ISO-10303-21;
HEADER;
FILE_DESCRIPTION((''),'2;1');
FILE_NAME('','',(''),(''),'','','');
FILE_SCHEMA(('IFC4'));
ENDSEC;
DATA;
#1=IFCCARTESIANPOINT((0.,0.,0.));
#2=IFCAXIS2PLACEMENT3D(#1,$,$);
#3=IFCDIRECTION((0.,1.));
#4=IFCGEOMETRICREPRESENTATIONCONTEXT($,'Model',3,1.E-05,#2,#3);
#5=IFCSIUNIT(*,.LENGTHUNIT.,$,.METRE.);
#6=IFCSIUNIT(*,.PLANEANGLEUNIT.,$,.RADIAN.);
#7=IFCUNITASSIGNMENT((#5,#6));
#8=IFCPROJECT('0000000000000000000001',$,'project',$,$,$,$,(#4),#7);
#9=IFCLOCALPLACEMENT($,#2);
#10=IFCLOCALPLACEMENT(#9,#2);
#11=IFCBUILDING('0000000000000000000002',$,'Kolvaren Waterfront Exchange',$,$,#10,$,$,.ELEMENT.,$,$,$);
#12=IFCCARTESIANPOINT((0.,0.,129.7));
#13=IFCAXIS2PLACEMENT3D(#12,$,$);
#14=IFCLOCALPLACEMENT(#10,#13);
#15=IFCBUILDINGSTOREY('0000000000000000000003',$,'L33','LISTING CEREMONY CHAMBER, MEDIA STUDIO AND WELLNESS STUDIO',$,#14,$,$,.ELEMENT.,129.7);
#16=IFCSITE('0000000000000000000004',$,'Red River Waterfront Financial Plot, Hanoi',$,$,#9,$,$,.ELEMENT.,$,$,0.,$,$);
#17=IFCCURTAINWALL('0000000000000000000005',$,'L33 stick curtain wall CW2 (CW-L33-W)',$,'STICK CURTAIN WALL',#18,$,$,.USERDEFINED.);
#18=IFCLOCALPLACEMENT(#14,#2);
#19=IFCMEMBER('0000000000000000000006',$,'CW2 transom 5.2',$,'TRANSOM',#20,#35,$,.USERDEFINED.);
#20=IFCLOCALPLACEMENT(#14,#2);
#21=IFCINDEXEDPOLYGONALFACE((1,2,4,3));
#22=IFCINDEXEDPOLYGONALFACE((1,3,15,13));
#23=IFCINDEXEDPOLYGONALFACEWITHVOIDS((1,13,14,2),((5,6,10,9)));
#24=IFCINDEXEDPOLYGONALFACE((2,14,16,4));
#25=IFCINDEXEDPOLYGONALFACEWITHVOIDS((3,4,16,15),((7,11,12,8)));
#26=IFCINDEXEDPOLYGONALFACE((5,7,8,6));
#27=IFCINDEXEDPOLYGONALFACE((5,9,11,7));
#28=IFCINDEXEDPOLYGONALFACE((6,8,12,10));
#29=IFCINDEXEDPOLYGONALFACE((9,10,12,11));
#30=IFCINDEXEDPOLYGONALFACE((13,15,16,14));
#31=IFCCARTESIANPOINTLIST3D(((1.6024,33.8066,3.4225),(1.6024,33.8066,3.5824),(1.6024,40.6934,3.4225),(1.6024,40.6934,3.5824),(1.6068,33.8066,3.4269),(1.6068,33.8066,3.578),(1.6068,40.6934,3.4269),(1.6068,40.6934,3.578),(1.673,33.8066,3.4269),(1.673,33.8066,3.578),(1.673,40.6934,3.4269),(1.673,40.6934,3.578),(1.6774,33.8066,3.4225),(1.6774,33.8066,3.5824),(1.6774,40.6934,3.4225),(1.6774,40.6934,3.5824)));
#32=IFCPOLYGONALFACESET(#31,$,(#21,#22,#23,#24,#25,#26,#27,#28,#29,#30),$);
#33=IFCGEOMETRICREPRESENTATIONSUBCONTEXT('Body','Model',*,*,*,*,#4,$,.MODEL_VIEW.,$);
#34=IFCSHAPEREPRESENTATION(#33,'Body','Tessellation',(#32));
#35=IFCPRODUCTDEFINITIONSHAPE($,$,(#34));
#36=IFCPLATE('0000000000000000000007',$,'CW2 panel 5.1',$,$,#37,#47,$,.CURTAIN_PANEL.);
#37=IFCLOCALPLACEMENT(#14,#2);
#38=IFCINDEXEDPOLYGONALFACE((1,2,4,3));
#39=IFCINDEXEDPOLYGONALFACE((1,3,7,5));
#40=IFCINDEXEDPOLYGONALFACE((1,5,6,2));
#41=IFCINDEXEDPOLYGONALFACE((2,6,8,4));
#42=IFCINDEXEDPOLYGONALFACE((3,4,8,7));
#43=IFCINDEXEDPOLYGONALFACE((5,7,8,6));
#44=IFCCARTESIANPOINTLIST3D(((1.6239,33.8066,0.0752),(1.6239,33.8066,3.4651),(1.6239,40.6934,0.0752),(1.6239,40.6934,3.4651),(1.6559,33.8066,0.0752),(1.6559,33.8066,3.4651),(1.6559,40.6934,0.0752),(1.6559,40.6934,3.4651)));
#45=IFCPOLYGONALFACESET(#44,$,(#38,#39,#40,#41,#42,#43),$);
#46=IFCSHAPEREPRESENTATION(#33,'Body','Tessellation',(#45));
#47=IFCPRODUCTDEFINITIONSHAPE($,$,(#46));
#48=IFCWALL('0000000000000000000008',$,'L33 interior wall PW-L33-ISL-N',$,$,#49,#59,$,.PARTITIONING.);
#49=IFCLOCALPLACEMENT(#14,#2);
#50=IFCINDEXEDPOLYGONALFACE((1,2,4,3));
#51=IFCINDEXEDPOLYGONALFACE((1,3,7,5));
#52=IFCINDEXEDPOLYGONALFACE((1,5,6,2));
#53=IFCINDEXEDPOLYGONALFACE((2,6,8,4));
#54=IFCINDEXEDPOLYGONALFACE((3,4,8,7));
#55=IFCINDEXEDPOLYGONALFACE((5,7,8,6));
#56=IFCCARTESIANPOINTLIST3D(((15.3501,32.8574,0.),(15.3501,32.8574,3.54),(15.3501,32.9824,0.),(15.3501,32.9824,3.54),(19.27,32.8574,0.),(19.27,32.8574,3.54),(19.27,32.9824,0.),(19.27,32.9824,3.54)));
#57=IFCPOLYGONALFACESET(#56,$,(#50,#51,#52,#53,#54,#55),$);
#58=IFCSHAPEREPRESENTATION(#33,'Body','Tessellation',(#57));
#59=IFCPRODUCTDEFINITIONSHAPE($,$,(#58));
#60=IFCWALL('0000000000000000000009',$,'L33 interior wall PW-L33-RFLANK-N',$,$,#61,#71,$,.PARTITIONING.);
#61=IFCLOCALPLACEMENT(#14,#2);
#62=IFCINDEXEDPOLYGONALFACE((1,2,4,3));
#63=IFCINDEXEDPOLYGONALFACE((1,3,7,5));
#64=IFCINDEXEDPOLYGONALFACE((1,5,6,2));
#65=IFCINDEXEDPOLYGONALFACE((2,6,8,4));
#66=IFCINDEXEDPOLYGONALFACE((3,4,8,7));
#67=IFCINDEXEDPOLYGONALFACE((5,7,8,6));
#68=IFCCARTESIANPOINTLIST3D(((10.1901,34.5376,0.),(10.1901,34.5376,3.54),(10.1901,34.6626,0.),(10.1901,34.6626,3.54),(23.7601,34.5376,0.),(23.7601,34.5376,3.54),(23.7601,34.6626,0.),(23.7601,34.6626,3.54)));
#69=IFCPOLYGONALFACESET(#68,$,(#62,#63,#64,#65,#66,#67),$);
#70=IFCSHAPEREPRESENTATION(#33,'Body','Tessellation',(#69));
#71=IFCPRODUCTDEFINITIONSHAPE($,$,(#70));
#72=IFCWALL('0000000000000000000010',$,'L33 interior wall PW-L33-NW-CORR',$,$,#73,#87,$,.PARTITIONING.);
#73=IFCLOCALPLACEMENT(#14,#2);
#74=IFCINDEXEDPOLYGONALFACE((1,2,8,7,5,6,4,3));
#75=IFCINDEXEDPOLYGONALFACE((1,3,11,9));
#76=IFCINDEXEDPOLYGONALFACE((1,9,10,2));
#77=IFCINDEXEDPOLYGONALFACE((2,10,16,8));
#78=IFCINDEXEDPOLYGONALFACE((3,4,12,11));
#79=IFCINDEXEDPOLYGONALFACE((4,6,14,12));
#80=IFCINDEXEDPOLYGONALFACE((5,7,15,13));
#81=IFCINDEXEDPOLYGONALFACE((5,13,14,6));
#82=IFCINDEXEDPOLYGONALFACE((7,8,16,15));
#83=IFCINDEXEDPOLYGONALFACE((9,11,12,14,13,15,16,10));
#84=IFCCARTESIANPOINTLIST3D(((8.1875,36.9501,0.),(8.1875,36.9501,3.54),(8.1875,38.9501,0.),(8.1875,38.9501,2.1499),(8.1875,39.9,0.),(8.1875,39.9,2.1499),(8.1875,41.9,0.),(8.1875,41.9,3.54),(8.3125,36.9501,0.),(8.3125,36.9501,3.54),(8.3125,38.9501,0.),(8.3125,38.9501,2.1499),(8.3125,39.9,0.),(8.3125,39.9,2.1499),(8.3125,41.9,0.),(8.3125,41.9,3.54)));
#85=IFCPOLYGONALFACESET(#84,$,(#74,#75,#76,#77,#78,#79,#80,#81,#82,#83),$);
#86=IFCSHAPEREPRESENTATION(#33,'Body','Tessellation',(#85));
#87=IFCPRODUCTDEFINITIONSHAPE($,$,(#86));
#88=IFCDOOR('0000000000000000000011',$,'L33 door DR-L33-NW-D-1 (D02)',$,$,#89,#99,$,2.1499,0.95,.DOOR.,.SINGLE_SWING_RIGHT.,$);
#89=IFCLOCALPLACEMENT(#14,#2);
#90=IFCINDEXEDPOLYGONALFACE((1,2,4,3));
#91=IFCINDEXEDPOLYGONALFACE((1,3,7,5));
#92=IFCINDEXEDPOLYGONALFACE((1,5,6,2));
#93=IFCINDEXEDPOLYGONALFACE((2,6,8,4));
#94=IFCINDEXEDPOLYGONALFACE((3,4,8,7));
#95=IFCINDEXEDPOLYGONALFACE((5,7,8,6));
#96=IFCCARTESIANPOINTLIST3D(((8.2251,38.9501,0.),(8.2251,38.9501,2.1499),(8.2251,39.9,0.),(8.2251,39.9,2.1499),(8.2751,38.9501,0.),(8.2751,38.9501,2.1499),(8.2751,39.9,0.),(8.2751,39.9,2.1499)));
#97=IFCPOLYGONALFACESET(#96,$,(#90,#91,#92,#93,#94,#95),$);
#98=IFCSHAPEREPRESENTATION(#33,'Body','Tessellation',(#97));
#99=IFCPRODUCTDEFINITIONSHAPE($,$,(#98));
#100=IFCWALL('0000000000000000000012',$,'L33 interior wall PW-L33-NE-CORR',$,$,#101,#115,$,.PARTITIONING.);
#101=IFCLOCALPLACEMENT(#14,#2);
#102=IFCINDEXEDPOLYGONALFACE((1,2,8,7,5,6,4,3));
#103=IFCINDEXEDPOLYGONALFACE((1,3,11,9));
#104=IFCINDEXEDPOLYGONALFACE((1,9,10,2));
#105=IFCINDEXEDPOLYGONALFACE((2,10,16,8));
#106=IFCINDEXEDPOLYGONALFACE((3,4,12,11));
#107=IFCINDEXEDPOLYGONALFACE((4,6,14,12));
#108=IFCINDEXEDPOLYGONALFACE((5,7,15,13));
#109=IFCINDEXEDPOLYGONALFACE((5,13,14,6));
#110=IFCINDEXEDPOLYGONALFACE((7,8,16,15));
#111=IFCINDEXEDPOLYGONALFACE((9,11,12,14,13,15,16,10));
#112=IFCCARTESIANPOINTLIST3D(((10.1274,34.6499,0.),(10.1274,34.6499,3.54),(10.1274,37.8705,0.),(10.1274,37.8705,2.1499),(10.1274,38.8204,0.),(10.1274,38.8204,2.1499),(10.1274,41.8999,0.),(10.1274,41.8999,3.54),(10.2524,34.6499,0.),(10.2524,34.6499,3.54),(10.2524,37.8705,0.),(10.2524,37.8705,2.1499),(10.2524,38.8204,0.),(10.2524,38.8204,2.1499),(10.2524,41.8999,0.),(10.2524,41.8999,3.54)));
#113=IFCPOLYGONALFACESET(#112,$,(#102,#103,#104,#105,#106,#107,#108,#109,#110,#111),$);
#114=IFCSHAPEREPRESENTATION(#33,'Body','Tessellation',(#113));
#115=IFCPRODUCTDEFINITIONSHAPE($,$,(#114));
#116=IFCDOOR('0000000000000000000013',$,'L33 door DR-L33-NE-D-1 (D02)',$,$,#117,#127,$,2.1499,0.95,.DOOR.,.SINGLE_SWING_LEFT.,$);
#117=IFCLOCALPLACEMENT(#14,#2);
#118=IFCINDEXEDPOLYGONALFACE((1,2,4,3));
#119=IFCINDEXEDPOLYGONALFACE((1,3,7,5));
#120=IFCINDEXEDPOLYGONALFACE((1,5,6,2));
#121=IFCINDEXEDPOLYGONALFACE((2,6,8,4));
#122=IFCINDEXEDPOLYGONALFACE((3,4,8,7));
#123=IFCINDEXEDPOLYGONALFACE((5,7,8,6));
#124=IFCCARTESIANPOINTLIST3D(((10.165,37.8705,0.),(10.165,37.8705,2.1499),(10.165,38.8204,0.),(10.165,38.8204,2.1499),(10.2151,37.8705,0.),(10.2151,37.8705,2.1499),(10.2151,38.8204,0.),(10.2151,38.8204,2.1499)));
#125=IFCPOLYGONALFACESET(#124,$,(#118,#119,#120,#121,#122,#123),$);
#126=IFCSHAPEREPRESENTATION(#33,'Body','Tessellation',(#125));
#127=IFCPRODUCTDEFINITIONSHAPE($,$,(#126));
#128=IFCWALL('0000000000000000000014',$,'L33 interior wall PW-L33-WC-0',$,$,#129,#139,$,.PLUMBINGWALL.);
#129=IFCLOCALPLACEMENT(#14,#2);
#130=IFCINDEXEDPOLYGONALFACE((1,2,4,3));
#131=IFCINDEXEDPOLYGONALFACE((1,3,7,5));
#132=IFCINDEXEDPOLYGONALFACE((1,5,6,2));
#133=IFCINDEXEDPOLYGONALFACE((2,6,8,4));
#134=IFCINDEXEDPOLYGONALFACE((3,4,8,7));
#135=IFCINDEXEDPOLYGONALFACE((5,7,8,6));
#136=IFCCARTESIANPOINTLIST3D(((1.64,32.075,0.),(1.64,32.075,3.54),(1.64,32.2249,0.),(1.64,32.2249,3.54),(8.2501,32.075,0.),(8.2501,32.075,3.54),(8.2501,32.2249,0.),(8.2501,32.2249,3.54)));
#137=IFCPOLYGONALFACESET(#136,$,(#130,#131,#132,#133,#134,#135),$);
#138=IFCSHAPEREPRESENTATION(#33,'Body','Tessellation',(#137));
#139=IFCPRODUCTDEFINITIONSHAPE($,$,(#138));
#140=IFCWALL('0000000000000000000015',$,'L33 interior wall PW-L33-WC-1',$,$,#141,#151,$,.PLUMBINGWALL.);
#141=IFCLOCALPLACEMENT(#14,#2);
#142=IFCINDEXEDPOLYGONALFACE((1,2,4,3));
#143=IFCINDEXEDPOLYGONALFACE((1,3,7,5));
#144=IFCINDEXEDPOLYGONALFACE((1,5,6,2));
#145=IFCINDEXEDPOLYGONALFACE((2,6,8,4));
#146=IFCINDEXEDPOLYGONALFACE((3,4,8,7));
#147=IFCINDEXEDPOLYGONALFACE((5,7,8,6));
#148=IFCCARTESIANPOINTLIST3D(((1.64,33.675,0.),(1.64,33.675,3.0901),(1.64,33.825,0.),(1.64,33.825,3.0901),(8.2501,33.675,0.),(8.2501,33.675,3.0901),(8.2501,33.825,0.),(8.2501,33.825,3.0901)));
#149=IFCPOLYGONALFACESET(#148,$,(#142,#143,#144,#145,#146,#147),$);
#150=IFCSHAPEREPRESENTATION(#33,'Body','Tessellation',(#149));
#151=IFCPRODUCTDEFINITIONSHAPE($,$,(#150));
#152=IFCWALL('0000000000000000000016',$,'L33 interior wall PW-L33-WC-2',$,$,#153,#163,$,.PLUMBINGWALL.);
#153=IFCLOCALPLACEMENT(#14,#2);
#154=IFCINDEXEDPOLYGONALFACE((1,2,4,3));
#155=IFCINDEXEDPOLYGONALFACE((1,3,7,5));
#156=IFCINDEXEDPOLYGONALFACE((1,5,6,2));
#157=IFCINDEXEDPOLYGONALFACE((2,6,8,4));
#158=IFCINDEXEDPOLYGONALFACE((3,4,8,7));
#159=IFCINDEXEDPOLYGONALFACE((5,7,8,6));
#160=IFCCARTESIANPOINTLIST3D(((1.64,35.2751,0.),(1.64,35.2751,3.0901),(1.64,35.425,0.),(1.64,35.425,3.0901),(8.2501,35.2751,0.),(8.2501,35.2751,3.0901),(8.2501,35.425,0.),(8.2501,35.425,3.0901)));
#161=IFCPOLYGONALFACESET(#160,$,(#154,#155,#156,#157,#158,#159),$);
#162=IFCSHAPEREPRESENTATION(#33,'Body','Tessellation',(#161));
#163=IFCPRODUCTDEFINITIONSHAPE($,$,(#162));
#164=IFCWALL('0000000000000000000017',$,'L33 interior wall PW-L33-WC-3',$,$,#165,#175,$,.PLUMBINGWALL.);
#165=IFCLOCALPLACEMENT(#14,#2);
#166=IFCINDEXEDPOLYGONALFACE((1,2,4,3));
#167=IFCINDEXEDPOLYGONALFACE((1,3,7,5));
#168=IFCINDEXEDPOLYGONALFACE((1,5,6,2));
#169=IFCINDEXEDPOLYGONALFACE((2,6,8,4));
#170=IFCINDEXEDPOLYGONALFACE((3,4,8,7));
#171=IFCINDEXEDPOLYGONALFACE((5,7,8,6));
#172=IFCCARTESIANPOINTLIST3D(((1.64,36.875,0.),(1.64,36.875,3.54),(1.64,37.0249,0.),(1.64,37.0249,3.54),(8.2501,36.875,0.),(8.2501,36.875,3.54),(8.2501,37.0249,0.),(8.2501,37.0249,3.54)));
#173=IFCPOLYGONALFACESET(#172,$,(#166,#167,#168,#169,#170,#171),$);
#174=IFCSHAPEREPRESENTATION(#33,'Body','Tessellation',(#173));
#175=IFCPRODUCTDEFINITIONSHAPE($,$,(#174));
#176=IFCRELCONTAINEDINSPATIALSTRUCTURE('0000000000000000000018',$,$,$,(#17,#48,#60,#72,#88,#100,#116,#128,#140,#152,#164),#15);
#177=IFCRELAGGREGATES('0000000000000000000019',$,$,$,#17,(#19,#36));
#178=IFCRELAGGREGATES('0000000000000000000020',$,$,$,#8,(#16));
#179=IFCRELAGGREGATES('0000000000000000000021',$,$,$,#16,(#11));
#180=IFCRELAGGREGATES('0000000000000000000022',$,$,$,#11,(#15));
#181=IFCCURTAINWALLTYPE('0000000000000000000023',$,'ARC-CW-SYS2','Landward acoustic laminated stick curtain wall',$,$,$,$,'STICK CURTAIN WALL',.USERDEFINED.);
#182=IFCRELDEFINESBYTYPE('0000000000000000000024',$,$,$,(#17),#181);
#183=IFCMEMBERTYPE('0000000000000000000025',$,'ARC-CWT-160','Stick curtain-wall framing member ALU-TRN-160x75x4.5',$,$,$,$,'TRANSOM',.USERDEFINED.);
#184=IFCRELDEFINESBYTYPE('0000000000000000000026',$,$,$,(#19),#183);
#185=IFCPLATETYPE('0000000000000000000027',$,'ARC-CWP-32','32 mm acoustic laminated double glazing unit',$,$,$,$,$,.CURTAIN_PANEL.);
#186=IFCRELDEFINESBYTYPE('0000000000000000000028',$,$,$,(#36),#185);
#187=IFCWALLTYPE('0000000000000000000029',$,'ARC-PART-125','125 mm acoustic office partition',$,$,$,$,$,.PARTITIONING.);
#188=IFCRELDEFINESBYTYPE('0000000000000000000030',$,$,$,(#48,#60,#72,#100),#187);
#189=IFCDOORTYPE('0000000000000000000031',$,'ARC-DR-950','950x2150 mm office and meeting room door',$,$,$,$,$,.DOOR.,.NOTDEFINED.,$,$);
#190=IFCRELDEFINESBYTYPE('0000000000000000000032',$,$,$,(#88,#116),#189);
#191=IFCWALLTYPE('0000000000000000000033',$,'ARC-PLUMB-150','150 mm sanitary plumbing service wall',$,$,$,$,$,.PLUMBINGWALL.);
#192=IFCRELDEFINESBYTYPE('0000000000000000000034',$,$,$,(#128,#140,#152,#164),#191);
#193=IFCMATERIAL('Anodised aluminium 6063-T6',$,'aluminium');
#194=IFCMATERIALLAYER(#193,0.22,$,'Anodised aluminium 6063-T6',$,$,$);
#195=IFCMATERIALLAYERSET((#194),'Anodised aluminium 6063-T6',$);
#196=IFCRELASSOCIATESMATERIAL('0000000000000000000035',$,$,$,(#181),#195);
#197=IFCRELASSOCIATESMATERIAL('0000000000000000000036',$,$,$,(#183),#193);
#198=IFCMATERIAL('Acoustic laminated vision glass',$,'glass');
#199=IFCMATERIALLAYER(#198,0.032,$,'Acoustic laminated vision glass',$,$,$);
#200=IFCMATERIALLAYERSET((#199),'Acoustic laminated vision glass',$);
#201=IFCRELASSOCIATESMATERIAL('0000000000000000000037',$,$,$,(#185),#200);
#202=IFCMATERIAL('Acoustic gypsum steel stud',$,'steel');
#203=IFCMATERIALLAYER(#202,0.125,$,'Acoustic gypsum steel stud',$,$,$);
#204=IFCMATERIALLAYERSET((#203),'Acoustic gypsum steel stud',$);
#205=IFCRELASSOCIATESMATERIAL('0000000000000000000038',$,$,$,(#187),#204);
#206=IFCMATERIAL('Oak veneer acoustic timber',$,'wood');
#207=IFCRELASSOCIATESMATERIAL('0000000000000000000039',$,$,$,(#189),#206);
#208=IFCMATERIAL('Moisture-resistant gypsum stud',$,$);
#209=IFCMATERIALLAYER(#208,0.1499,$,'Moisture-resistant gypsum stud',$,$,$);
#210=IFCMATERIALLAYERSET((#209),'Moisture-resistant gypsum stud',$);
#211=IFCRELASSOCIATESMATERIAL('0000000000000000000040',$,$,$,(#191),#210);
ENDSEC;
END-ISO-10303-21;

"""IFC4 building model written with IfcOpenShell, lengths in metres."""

from ifc_helpers import new_model, si_unit, direction, frame, frame_2d, origin, origin_with_axes, origin_2d, place, context, subcontext, project, spatial, rectangle, hollow_rectangle, extrude, source, transform, mapped, material, layer, layer_set, material_profile, profile_set, type_object, element, fill, aggregate, save


model = new_model("IFC4")

# Units and contexts
model_context = context("Model", 3, precision=1e-05, world=origin(), true_north=direction((0.0, 1.0)))
body_context = subcontext(model_context, "Body", "Model", "MODEL_VIEW")
ifc_project = project(units=[si_unit("LENGTHUNIT", "METRE"), si_unit("PLANEANGLEUNIT", "RADIAN")], contexts=[model_context])

# Site, building, storey
site_placement = place(None, origin())
site = spatial("IfcSite", under=ifc_project, at=site_placement, Name="Red River Waterfront Financial Plot, Hanoi", CompositionType="ELEMENT", RefElevation=0.0)
building_placement = place(site_placement, origin())
building = spatial("IfcBuilding", under=site, at=building_placement, Name="Kolvaren Waterfront Exchange", CompositionType="ELEMENT")
storey_placement = place(building_placement, frame((0.0, 0.0, 129.7)))
storey = spatial("IfcBuildingStorey", under=building, at=storey_placement, Name="L33", Description="LISTING CEREMONY CHAMBER, MEDIA STUDIO AND WELLNESS STUDIO", CompositionType="ELEMENT", Elevation=129.7)

# Curtain wall, member, plate
ifc_material_1 = material(Name="Anodised aluminium 6063-T6", Category="aluminium")
ifc_layer_1 = layer(ifc_material_1, 0.22, Name="Anodised aluminium 6063-T6")
ifc_layer_set_1 = layer_set([ifc_layer_1], Name="Anodised aluminium 6063-T6")
curtain_wall_type = type_object("IfcCurtainWallType", Name="ARC-CW-SYS2", Description="Landward acoustic laminated stick curtain wall", ElementType="STICK CURTAIN WALL", PredefinedType="USERDEFINED", material=ifc_layer_set_1)
curtain_wall_placement = place(storey_placement, origin())
curtain_wall = element("IfcCurtainWall", 1, at=curtain_wall_placement, inside=storey, type_object=curtain_wall_type, Name="L33 stick curtain wall CW2 (CW-L33-W)", ObjectType="STICK CURTAIN WALL", PredefinedType="USERDEFINED")
ifc_material_profile_1 = material_profile(ifc_material_1, hollow_rectangle(XDim=0.075, YDim=0.1599, WallThickness=0.0044, at=origin_2d()), Name="ALU-TRN-160x75x4.5")
ifc_profile_set_1 = profile_set([ifc_material_profile_1], Name="Anodised aluminium 6063-T6")
member_type_1 = type_object("IfcMemberType", Name="ARC-CWT-160", Description="Stick curtain-wall framing member ALU-TRN-160x75x4.5", ElementType="TRANSOM", PredefinedType="USERDEFINED", material=ifc_profile_set_1)
shared_shape_1 = source(origin_with_axes(), body_context, "Body", "SweptSolid", [
    extrude(hollow_rectangle(XDim=0.075, YDim=0.1599, WallThickness=0.0044, at=origin_2d()), origin(), (0.0, 0.0, 1.0), 6.8867),
])
member_1_placement = place(storey_placement, frame((1.6399, 33.8066, 3.5024), z_axis=(0.0, 1.0, 0.0), x_axis=(-1.0, 0.0, 0.0)))
member_1 = element("IfcMember", 2, at=member_1_placement, type_object=member_type_1, Name="CW2 transom 5.2", ObjectType="TRANSOM", PredefinedType="USERDEFINED", context=body_context, shape_type="MappedRepresentation", body=[
    mapped(shared_shape_1, transform((0.0, 0.0, 0.0), x_axis=(1.0, 0.0, 0.0), y_axis=(0.0, 1.0, 0.0), z_axis=(0.0, 0.0, 1.0), scale=1.0)),
])
ifc_material_2 = material(Name="Acoustic laminated vision glass", Category="glass")
ifc_layer_2 = layer(ifc_material_2, 0.032, Name="Acoustic laminated vision glass")
ifc_layer_set_2 = layer_set([ifc_layer_2], Name="Acoustic laminated vision glass")
plate_type = type_object("IfcPlateType", Name="ARC-CWP-32", Description="32 mm acoustic laminated double glazing unit", PredefinedType="CURTAIN_PANEL", material=ifc_layer_set_2)
shared_shape_2 = source(origin_with_axes(), body_context, "Body", "SweptSolid", [
    extrude(rectangle(XDim=6.8867, YDim=0.032, at=origin_2d()), origin(), (0.0, 0.0, 1.0), 3.3899),
])
plate_placement = place(storey_placement, frame((1.6399, 37.25, 0.0752), z_axis=(0.0, 0.0, 1.0), x_axis=(0.0, 1.0, 0.0)))
plate = element("IfcPlate", 3, at=plate_placement, type_object=plate_type, Name="CW2 panel 5.1", PredefinedType="CURTAIN_PANEL", context=body_context, shape_type="MappedRepresentation", body=[
    mapped(shared_shape_2, transform((0.0, 0.0, 0.0), x_axis=(1.0, 0.0, 0.0), y_axis=(0.0, 1.0, 0.0), z_axis=(0.0, 0.0, 1.0), scale=1.0)),
])
aggregate(curtain_wall, [member_1, plate])

# Walls
ifc_material_3 = material(Name="Acoustic gypsum steel stud", Category="steel")
ifc_layer_3 = layer(ifc_material_3, 0.125, Name="Acoustic gypsum steel stud")
ifc_layer_set_3 = layer_set([ifc_layer_3], Name="Acoustic gypsum steel stud")
wall_type_1 = type_object("IfcWallType", Name="ARC-PART-125", Description="125 mm acoustic office partition", PredefinedType="PARTITIONING", material=ifc_layer_set_3)
wall_1_placement = place(storey_placement, frame((15.3501, 32.9199, 0.0), z_axis=(0.0, 0.0, 1.0), x_axis=(1.0, 0.0, 0.0)))
element("IfcWall", 4, at=wall_1_placement, inside=storey, type_object=wall_type_1, Name="L33 interior wall PW-L33-ISL-N", PredefinedType="PARTITIONING", context=body_context, shape_type="SweptSolid", body=[
    extrude(rectangle(XDim=3.9199, YDim=0.125, at=frame_2d((1.96, 0.0))), origin(), (0.0, 0.0, 1.0), 3.54),
])
wall_2_placement = place(storey_placement, frame((10.1899, 34.6001, 0.0), z_axis=(0.0, 0.0, 1.0), x_axis=(1.0, 0.0, 0.0)))
element("IfcWall", 5, at=wall_2_placement, inside=storey, type_object=wall_type_1, Name="L33 interior wall PW-L33-RFLANK-N", PredefinedType="PARTITIONING", context=body_context, shape_type="SweptSolid", body=[
    extrude(rectangle(XDim=13.5701, YDim=0.125, at=frame_2d((6.7852, 0.0))), origin(), (0.0, 0.0, 1.0), 3.54),
])

# Walls, openings, doors
wall_3_placement = place(storey_placement, frame((8.25, 36.95, 0.0), z_axis=(0.0, 0.0, 1.0), x_axis=(0.0, 1.0, 0.0)))
wall_3 = element("IfcWall", 6, at=wall_3_placement, inside=storey, type_object=wall_type_1, Name="L33 interior wall PW-L33-NW-CORR", PredefinedType="PARTITIONING", context=body_context, shape_type="SweptSolid", body=[
    extrude(rectangle(XDim=4.95, YDim=0.125, at=frame_2d((2.4751, 0.0))), origin(), (0.0, 0.0, 1.0), 3.54),
])
opening_1_placement = place(wall_3_placement, frame((2.0, 0.0, 0.0)))
opening_1 = element("IfcOpeningElement", 7, at=opening_1_placement, cuts=wall_3, PredefinedType="OPENING", context=body_context, shape_type="SweptSolid", body=[
    extrude(rectangle(XDim=0.95, YDim=2.1499, at=frame_2d((0.4751, 1.075))), frame((0.0, 0.0725, 0.0), z_axis=(0.0, -1.0, 0.0), x_axis=(1.0, 0.0, 0.0)), (0.0, 0.0, 1.0), 0.145),
])
ifc_material_4 = material(Name="Oak veneer acoustic timber", Category="wood")
door_type_1 = type_object("IfcDoorType", Name="ARC-DR-950", Description="950x2150 mm office and meeting room door", OperationType="NOTDEFINED", PredefinedType="DOOR", material=ifc_material_4)
door_1_placement = place(opening_1_placement, origin())
door_1 = element("IfcDoor", 8, at=door_1_placement, inside=storey, type_object=door_type_1, Name="L33 door DR-L33-NW-D-1 (D02)", OperationType="SINGLE_SWING_RIGHT", OverallHeight=2.1499, OverallWidth=0.95, PredefinedType="DOOR", context=body_context, shape_type="SweptSolid", body=[
    extrude(rectangle(XDim=0.95, YDim=2.1499, at=frame_2d((0.4751, 1.075))), frame((0.0, 0.0249, 0.0), z_axis=(0.0, -1.0, 0.0), x_axis=(1.0, 0.0, 0.0)), (0.0, 0.0, 1.0), 0.05),
])
fill(opening_1, door_1)
wall_4_placement = place(storey_placement, frame((10.1899, 34.6499, 0.0), z_axis=(0.0, 0.0, 1.0), x_axis=(0.0, 1.0, 0.0)))
wall_4 = element("IfcWall", 9, at=wall_4_placement, inside=storey, type_object=wall_type_1, Name="L33 interior wall PW-L33-NE-CORR", PredefinedType="PARTITIONING", context=body_context, shape_type="SweptSolid", body=[
    extrude(rectangle(XDim=7.25, YDim=0.125, at=frame_2d((3.625, 0.0))), origin(), (0.0, 0.0, 1.0), 3.54),
])
opening_2_placement = place(wall_4_placement, frame((3.2205, 0.0, 0.0)))
opening_2 = element("IfcOpeningElement", 10, at=opening_2_placement, cuts=wall_4, PredefinedType="OPENING", context=body_context, shape_type="SweptSolid", body=[
    extrude(rectangle(XDim=0.95, YDim=2.1499, at=frame_2d((0.4751, 1.075))), frame((0.0, 0.0725, 0.0), z_axis=(0.0, -1.0, 0.0), x_axis=(1.0, 0.0, 0.0)), (0.0, 0.0, 1.0), 0.145),
])
door_2_placement = place(opening_2_placement, origin())
door_2 = element("IfcDoor", 11, at=door_2_placement, inside=storey, type_object=door_type_1, Name="L33 door DR-L33-NE-D-1 (D02)", OperationType="SINGLE_SWING_LEFT", OverallHeight=2.1499, OverallWidth=0.95, PredefinedType="DOOR", context=body_context, shape_type="SweptSolid", body=[
    extrude(rectangle(XDim=0.95, YDim=2.1499, at=frame_2d((0.4751, 1.075))), frame((0.0, 0.0249, 0.0), z_axis=(0.0, -1.0, 0.0), x_axis=(1.0, 0.0, 0.0)), (0.0, 0.0, 1.0), 0.05),
])
fill(opening_2, door_2)

# Wall
ifc_material_5 = material(Name="Moisture-resistant gypsum stud")
ifc_layer_4 = layer(ifc_material_5, 0.1499, Name="Moisture-resistant gypsum stud")
ifc_layer_set_4 = layer_set([ifc_layer_4], Name="Moisture-resistant gypsum stud")
wall_type_2 = type_object("IfcWallType", Name="ARC-PLUMB-150", Description="150 mm sanitary plumbing service wall", PredefinedType="PLUMBINGWALL", material=ifc_layer_set_4)
wall_5_placement = place(storey_placement, frame((1.6399, 32.1499, 0.0), z_axis=(0.0, 0.0, 1.0), x_axis=(1.0, 0.0, 0.0)))
element("IfcWall", 12, at=wall_5_placement, inside=storey, type_object=wall_type_2, Name="L33 interior wall PW-L33-WC-0", PredefinedType="PLUMBINGWALL", context=body_context, shape_type="SweptSolid", body=[
    extrude(rectangle(XDim=6.6101, YDim=0.1499, at=frame_2d((3.3052, 0.0))), origin(), (0.0, 0.0, 1.0), 3.54),
])

# Walls
for number, where, z_axis, x_axis, name in (
    (13, (1.6399, 33.75, 0.0), (0.0, 0.0, 1.0), (1.0, 0.0, 0.0), "L33 interior wall PW-L33-WC-1"),
    (14, (1.6399, 35.3501, 0.0), (0.0, 0.0, 1.0), (1.0, 0.0, 0.0), "L33 interior wall PW-L33-WC-2"),
):
    element("IfcWall", number, at=place(storey_placement, frame(where, z_axis=z_axis, x_axis=x_axis)), inside=storey, type_object=wall_type_2, Name=name, PredefinedType="PLUMBINGWALL", context=body_context, shape_type="SweptSolid", body=[
        extrude(rectangle(XDim=6.6101, YDim=0.1499, at=frame_2d((3.3052, 0.0))), origin(), (0.0, 0.0, 1.0), 3.0901),
    ])
wall_6_placement = place(storey_placement, frame((1.6399, 36.95, 0.0), z_axis=(0.0, 0.0, 1.0), x_axis=(1.0, 0.0, 0.0)))
element("IfcWall", 15, at=wall_6_placement, inside=storey, type_object=wall_type_2, Name="L33 interior wall PW-L33-WC-3", PredefinedType="PLUMBINGWALL", context=body_context, shape_type="SweptSolid", body=[
    extrude(rectangle(XDim=6.6101, YDim=0.1499, at=frame_2d((3.3052, 0.0))), origin(), (0.0, 0.0, 1.0), 3.54),
])

save(model, "model.ifc")
